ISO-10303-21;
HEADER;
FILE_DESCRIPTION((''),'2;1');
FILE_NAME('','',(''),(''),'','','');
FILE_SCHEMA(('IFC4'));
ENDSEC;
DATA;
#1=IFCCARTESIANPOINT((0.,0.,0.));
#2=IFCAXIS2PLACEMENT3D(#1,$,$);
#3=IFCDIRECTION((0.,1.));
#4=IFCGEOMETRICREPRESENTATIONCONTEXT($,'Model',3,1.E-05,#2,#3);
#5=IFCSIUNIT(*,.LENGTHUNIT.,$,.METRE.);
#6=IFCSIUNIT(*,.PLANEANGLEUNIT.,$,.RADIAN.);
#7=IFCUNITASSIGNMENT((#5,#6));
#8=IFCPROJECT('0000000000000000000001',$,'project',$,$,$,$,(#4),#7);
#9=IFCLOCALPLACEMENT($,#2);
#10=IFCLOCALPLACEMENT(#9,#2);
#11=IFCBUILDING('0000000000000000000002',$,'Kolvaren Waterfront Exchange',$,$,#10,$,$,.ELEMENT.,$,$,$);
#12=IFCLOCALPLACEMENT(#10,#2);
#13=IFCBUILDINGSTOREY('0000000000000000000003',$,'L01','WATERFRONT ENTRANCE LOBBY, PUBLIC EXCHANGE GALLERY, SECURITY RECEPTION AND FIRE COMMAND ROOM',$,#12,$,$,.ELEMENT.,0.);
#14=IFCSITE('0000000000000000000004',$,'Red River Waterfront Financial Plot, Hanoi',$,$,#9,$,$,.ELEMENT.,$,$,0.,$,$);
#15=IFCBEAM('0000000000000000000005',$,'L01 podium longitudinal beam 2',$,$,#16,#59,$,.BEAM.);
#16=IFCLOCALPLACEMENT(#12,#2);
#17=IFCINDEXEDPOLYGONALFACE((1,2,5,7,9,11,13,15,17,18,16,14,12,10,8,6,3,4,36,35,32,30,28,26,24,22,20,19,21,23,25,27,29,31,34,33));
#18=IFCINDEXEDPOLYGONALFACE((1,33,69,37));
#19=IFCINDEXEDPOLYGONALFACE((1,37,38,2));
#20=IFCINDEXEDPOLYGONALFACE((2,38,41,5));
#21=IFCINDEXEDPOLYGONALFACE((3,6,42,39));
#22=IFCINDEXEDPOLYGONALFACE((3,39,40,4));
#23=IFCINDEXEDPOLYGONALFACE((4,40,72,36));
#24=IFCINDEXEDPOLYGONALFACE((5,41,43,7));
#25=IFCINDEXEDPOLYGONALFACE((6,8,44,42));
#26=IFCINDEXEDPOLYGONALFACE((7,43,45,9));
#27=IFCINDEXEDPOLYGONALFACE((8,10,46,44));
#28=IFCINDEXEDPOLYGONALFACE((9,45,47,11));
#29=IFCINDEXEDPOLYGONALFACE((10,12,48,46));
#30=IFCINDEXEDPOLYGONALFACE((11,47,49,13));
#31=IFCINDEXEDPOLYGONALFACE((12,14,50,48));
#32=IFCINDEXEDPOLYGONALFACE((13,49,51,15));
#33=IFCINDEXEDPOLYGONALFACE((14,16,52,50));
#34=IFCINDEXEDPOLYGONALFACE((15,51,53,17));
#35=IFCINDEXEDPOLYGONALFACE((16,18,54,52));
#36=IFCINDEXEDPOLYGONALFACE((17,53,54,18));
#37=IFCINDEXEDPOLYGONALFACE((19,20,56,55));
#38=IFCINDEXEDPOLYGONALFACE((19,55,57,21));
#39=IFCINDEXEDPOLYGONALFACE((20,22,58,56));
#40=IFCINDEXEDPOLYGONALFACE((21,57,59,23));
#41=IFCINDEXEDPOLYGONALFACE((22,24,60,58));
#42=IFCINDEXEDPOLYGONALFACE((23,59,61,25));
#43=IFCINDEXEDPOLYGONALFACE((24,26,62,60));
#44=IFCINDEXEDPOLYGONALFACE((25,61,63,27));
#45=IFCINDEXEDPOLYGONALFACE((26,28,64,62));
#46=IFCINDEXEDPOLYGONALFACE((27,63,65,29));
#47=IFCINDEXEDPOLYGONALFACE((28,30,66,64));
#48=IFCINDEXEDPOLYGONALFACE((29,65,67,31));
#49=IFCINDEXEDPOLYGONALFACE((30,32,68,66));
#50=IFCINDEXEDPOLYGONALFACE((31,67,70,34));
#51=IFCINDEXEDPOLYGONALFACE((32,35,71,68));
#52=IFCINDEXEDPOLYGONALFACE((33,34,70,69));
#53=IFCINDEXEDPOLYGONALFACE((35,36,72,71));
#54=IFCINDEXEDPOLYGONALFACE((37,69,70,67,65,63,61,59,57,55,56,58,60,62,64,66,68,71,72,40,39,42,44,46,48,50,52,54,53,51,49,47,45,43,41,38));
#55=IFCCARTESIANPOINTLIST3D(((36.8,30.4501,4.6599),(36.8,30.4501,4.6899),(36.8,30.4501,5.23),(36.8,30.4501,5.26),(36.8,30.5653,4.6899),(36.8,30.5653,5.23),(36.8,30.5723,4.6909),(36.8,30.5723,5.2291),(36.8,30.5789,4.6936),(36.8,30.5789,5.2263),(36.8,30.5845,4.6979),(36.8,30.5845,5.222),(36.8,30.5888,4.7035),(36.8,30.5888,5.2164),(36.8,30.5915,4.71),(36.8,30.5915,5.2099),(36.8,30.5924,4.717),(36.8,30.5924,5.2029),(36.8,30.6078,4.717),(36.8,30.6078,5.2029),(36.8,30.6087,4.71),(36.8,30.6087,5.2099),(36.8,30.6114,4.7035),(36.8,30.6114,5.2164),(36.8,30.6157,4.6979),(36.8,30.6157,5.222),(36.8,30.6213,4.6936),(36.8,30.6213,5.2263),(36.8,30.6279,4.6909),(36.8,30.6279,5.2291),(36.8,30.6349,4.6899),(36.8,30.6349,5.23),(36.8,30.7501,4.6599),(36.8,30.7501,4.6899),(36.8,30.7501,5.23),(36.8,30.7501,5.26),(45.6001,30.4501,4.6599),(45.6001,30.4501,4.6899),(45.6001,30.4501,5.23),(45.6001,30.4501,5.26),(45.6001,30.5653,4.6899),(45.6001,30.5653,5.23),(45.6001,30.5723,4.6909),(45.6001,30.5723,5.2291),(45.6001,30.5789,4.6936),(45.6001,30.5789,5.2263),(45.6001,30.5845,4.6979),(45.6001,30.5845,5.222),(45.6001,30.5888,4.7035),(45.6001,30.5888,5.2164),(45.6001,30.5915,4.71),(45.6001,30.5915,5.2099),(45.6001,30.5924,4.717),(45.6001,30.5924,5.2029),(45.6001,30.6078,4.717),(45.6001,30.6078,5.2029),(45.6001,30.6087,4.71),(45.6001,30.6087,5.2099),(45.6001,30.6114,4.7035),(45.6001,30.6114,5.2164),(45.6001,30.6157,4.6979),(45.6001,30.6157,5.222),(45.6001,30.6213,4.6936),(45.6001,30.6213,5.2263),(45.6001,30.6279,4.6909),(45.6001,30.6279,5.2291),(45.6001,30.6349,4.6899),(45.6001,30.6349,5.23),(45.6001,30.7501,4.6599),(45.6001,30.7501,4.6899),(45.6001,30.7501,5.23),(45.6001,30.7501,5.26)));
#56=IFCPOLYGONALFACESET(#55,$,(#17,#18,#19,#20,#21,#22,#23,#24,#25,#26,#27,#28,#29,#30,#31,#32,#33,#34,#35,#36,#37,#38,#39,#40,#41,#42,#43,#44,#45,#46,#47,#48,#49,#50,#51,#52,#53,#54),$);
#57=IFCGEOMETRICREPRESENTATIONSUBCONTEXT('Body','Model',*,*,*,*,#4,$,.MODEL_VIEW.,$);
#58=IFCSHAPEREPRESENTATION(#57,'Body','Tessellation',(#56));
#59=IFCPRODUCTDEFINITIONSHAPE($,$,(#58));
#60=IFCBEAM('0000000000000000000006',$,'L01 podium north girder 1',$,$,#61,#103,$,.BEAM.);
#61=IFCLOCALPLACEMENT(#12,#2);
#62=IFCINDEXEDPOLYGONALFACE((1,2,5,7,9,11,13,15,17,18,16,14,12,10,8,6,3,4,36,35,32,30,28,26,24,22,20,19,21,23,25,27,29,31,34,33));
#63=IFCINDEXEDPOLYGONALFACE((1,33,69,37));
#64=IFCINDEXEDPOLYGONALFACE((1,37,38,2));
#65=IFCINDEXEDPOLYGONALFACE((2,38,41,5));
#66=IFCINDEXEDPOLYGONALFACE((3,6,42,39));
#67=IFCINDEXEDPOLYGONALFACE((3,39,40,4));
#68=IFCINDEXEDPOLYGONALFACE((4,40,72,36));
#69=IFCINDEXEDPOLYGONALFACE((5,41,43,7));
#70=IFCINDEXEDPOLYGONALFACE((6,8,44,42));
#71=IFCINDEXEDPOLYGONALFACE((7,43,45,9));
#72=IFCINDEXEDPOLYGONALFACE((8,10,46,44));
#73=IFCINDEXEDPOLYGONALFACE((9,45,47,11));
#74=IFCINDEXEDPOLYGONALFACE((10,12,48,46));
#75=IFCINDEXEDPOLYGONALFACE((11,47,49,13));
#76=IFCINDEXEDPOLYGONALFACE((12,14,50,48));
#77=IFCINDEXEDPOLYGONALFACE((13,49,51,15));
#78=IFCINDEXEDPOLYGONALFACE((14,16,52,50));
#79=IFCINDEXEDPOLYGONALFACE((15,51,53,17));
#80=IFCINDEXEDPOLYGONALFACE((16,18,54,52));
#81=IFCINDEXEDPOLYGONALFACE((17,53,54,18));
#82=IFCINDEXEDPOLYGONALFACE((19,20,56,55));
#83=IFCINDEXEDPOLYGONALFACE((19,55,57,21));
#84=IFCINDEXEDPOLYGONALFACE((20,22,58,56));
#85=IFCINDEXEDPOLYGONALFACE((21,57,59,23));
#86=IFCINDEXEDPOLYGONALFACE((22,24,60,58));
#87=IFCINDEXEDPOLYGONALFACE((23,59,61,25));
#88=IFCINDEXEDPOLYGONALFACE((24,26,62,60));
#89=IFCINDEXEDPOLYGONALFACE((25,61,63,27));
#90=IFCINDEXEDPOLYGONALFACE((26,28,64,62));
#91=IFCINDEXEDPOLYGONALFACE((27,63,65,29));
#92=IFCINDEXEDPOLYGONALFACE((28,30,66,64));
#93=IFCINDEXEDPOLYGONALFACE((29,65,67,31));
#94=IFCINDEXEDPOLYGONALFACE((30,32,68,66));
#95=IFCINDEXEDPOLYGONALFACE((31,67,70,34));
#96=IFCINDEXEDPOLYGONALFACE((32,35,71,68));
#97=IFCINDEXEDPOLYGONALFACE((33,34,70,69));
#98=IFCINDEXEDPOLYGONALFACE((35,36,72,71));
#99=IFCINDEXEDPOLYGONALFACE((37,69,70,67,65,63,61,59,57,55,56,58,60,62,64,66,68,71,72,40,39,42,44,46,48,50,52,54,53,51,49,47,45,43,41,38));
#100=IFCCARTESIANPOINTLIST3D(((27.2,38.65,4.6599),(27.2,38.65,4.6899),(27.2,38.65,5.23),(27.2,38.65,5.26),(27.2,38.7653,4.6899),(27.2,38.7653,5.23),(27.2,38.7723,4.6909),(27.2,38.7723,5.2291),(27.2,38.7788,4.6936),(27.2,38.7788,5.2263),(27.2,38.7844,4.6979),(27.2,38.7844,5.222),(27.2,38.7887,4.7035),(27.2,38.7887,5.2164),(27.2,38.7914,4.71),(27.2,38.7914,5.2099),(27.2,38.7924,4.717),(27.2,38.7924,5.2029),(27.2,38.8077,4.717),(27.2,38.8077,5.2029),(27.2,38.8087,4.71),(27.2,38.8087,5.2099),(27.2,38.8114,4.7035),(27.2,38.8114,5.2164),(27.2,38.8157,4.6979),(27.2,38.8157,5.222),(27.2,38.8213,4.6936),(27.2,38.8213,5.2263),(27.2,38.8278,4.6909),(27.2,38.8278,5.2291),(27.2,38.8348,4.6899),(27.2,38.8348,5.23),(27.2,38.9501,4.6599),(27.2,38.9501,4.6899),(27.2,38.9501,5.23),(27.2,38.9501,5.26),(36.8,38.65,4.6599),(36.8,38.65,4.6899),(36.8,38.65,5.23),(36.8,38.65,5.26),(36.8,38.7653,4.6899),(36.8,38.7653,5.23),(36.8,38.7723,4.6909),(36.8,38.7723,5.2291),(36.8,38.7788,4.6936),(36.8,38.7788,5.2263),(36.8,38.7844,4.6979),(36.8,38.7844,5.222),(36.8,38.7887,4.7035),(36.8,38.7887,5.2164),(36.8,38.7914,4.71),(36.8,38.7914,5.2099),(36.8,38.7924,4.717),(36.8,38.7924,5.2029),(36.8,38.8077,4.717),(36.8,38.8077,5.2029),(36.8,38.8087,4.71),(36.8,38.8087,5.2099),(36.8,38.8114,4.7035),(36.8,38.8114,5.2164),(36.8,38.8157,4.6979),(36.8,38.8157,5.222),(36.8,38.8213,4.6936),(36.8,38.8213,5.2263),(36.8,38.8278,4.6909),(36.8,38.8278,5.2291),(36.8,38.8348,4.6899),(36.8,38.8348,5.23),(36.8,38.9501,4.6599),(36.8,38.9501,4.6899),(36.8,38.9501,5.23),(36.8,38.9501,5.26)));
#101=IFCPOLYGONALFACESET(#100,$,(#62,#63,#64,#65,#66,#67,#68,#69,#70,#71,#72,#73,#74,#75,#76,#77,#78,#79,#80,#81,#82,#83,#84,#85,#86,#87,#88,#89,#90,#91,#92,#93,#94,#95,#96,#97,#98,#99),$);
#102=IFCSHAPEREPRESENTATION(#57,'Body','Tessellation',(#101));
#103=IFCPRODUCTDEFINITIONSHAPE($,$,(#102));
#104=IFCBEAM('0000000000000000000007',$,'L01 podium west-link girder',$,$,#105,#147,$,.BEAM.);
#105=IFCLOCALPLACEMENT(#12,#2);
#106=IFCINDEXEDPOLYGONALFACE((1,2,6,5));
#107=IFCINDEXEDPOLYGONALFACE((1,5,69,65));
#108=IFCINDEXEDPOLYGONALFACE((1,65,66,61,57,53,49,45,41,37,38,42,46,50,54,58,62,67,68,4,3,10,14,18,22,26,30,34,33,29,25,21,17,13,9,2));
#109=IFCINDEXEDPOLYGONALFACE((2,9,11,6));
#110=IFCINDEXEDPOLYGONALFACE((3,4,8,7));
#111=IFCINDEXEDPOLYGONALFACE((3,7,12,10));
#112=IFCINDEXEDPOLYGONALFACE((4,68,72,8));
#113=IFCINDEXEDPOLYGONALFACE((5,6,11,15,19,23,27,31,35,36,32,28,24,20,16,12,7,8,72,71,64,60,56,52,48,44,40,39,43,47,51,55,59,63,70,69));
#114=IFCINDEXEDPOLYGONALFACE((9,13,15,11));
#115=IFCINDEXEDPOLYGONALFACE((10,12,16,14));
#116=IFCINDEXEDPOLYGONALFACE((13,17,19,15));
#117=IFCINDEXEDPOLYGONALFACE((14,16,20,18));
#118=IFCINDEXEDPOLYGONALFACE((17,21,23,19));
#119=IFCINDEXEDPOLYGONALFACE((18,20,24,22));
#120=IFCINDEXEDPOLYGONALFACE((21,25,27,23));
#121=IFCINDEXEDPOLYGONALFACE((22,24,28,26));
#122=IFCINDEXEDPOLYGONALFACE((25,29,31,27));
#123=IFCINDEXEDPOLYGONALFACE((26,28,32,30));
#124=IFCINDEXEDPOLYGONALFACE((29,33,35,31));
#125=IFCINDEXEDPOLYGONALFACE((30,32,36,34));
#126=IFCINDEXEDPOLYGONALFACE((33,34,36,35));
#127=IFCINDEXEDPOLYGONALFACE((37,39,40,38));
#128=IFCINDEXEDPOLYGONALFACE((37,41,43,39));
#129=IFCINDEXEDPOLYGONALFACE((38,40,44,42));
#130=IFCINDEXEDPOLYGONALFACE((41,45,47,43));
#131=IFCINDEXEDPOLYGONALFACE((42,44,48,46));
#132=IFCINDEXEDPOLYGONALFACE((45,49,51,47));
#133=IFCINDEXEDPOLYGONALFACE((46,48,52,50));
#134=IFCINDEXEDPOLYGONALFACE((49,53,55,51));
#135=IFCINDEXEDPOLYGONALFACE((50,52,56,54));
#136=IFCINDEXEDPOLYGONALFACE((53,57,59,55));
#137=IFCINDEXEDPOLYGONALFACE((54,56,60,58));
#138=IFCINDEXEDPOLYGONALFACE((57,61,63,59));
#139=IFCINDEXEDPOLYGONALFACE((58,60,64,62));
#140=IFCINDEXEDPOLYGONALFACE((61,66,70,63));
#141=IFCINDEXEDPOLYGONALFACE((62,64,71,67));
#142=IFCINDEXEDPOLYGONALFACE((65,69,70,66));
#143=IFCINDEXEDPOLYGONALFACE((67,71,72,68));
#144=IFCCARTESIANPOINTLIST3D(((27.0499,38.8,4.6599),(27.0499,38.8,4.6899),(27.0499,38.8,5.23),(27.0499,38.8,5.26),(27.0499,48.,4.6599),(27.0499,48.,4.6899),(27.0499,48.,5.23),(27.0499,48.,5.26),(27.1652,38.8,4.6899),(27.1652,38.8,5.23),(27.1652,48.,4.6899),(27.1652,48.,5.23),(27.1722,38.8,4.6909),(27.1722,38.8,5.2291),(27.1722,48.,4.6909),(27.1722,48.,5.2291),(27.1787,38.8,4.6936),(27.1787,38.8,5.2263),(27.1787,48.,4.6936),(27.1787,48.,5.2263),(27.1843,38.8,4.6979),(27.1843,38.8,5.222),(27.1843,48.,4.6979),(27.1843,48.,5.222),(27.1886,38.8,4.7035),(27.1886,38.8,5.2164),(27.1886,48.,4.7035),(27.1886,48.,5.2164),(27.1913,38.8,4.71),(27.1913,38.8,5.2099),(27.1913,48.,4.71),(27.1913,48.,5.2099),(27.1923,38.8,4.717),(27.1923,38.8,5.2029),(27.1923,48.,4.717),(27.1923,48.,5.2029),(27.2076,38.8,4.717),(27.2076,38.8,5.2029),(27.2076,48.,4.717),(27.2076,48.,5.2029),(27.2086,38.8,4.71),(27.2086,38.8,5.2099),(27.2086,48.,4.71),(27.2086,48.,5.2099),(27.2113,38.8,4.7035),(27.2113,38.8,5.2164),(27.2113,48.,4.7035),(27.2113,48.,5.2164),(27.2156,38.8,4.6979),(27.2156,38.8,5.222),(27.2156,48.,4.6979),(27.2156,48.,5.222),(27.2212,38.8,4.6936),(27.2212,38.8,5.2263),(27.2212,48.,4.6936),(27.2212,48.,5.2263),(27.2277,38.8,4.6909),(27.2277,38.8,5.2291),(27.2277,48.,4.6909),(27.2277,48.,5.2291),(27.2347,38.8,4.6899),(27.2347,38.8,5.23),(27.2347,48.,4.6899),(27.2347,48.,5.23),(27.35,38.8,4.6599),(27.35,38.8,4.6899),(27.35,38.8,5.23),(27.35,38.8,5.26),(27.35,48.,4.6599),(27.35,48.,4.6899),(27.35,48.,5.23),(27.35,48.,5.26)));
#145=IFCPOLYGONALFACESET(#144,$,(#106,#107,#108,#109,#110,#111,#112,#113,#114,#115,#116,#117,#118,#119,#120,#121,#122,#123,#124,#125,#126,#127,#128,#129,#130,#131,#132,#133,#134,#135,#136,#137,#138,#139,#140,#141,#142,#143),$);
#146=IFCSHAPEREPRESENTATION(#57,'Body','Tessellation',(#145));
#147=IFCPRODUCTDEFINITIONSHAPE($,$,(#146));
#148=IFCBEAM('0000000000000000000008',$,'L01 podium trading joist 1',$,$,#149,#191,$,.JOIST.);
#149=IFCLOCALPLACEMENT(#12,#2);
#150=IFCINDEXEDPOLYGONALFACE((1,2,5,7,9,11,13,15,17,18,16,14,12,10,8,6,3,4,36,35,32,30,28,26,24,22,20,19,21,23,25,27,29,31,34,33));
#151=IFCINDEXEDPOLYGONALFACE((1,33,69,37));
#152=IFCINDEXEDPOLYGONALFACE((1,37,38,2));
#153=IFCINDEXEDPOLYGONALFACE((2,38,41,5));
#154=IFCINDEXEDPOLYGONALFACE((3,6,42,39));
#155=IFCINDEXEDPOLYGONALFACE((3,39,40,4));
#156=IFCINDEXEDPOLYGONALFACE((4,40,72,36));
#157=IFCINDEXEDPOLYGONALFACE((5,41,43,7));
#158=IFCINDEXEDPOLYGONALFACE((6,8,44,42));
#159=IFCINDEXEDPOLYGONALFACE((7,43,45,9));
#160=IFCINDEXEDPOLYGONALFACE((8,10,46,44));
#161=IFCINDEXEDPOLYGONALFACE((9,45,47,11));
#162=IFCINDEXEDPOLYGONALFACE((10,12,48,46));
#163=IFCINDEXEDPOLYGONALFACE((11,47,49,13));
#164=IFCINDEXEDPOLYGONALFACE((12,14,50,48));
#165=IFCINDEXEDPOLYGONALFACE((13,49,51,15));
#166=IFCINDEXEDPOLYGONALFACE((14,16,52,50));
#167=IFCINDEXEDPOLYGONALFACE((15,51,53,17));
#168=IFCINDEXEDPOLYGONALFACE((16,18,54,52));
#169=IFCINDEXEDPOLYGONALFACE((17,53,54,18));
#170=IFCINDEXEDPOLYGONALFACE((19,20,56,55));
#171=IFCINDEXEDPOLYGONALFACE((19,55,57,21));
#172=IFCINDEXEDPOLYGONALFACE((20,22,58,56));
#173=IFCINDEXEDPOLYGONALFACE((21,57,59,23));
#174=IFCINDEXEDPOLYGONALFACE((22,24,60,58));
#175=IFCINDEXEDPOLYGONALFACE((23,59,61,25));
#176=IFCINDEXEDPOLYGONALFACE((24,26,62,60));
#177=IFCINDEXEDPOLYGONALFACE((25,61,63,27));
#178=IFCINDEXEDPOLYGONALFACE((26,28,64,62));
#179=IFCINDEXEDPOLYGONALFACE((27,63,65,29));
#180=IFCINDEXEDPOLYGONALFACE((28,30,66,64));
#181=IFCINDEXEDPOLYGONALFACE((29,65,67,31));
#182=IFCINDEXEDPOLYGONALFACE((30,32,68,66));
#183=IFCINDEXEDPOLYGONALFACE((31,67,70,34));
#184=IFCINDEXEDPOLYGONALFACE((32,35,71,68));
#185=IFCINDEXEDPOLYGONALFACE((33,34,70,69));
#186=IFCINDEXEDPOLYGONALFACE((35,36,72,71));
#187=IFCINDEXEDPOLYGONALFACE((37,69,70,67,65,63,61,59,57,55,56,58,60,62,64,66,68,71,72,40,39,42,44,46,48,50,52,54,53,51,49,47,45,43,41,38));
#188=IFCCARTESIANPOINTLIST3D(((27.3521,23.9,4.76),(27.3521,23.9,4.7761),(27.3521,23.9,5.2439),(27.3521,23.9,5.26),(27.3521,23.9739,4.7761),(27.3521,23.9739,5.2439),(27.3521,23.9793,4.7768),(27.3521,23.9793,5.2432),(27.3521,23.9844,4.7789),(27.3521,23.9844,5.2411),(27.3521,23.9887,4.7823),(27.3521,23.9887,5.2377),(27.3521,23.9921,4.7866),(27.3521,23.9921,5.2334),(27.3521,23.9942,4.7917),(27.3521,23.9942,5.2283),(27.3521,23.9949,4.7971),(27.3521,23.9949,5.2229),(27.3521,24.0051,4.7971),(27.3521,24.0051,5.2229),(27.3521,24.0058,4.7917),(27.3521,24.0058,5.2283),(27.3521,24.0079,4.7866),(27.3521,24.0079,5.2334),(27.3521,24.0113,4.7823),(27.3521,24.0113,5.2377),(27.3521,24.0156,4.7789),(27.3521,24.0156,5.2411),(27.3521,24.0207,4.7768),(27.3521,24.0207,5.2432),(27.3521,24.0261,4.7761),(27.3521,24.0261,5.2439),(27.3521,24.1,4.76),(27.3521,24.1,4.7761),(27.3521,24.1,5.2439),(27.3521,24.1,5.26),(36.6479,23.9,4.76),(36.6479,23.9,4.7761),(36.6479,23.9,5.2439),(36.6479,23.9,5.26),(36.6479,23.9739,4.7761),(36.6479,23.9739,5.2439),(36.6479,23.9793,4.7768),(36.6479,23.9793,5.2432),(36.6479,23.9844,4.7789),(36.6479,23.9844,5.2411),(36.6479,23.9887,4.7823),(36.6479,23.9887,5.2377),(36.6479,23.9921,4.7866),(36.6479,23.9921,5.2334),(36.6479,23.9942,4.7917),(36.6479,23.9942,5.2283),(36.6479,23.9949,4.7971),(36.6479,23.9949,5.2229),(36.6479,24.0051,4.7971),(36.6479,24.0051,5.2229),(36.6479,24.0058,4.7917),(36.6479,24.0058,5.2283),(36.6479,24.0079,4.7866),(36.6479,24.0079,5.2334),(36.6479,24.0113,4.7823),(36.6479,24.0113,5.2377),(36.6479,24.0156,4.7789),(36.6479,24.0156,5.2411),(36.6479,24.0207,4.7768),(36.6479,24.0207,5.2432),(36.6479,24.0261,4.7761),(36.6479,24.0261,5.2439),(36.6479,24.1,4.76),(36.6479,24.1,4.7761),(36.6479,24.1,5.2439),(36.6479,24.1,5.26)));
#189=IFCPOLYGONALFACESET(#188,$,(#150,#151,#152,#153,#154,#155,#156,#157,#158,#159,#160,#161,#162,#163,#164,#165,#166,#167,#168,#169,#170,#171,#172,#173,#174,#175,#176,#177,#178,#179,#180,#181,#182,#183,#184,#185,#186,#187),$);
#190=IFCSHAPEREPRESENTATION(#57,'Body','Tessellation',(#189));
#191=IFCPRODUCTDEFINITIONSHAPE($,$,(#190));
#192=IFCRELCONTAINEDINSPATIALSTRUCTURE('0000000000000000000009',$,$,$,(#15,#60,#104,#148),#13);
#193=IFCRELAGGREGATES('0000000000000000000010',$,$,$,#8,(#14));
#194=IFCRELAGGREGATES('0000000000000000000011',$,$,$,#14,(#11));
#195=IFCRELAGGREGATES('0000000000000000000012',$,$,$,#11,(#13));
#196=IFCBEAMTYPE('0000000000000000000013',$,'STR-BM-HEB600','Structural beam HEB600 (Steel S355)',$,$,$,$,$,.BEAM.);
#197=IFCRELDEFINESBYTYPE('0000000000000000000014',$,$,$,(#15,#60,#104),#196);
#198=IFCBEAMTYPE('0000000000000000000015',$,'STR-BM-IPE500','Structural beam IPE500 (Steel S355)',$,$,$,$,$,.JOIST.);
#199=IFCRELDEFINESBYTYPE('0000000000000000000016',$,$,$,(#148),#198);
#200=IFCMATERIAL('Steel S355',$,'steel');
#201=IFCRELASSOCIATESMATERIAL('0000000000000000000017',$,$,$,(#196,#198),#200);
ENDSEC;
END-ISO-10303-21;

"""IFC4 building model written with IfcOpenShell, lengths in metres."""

from ifc_helpers import new_model, si_unit, direction, frame, origin, origin_2d, place, context, subcontext, project, spatial, i_section, extrude, material, material_profile, profile_set, type_object, element, save


model = new_model("IFC4")

# Units and contexts
model_context = context("Model", 3, precision=1e-05, world=origin(), true_north=direction((0.0, 1.0)))
body_context = subcontext(model_context, "Body", "Model", "MODEL_VIEW")
ifc_project = project(units=[si_unit("LENGTHUNIT", "METRE"), si_unit("PLANEANGLEUNIT", "RADIAN")], contexts=[model_context])

# Site, building, storey
site_placement = place(None, origin())
site = spatial("IfcSite", under=ifc_project, at=site_placement, Name="Red River Waterfront Financial Plot, Hanoi", CompositionType="ELEMENT", RefElevation=0.0)
building_placement = place(site_placement, origin())
building = spatial("IfcBuilding", under=site, at=building_placement, Name="Kolvaren Waterfront Exchange", CompositionType="ELEMENT")
storey_placement = place(building_placement, origin())
storey = spatial("IfcBuildingStorey", under=building, at=storey_placement, Name="L01", Description="WATERFRONT ENTRANCE LOBBY, PUBLIC EXCHANGE GALLERY, SECURITY RECEPTION AND FIRE COMMAND ROOM", CompositionType="ELEMENT", Elevation=0.0)

# Beams
ifc_material_1 = material(Name="Steel S355", Category="steel")
ifc_material_profile_1 = material_profile(ifc_material_1, i_section(OverallWidth=0.3, OverallDepth=0.6001, WebThickness=0.0154, FlangeThickness=0.03, FilletRadius=0.0271, at=origin_2d()), Name="HEB600")
ifc_profile_set_1 = profile_set([ifc_material_profile_1], Name="Steel S355")
beam_type_1 = type_object("IfcBeamType", Name="STR-BM-HEB600", Description="Structural beam HEB600 (Steel S355)", PredefinedType="BEAM", material=ifc_profile_set_1)
beam_1_placement = place(storey_placement, frame((36.8, 30.6001, 4.96), z_axis=(1.0, 0.0, 0.0), x_axis=(0.0, 1.0, 0.0)))
element("IfcBeam", 1, at=beam_1_placement, inside=storey, type_object=beam_type_1, Name="L01 podium longitudinal beam 2", PredefinedType="BEAM", context=body_context, shape_type="SweptSolid", body=[
    extrude(i_section(OverallWidth=0.3, OverallDepth=0.6001, WebThickness=0.0154, FlangeThickness=0.03, FilletRadius=0.0271, at=origin_2d()), origin(), (0.0, 0.0, 1.0), 8.8),
])
beam_2_placement = place(storey_placement, frame((27.2, 38.8, 4.96), z_axis=(1.0, 0.0, 0.0), x_axis=(0.0, 1.0, 0.0)))
element("IfcBeam", 2, at=beam_2_placement, inside=storey, type_object=beam_type_1, Name="L01 podium north girder 1", PredefinedType="BEAM", context=body_context, shape_type="SweptSolid", body=[
    extrude(i_section(OverallWidth=0.3, OverallDepth=0.6001, WebThickness=0.0154, FlangeThickness=0.03, FilletRadius=0.0271, at=origin_2d()), origin(), (0.0, 0.0, 1.0), 9.6001),
])
beam_3_placement = place(storey_placement, frame((27.2, 38.8, 4.96), z_axis=(0.0, 1.0, 0.0), x_axis=(-1.0, 0.0, 0.0)))
element("IfcBeam", 3, at=beam_3_placement, inside=storey, type_object=beam_type_1, Name="L01 podium west-link girder", PredefinedType="BEAM", context=body_context, shape_type="SweptSolid", body=[
    extrude(i_section(OverallWidth=0.3, OverallDepth=0.6001, WebThickness=0.0154, FlangeThickness=0.03, FilletRadius=0.0271, at=origin_2d()), origin(), (0.0, 0.0, 1.0), 9.2),
])
ifc_material_profile_2 = material_profile(ifc_material_1, i_section(OverallWidth=0.2, OverallDepth=0.5, WebThickness=0.0103, FlangeThickness=0.0161, FilletRadius=0.021, at=origin_2d()), Name="IPE500")
ifc_profile_set_2 = profile_set([ifc_material_profile_2], Name="Steel S355")
beam_type_2 = type_object("IfcBeamType", Name="STR-BM-IPE500", Description="Structural beam IPE500 (Steel S355)", PredefinedType="JOIST", material=ifc_profile_set_2)
beam_4_placement = place(storey_placement, frame((27.3521, 24.0, 5.01), z_axis=(1.0, 0.0, 0.0), x_axis=(0.0, 1.0, 0.0)))
element("IfcBeam", 4, at=beam_4_placement, inside=storey, type_object=beam_type_2, Name="L01 podium trading joist 1", PredefinedType="JOIST", context=body_context, shape_type="SweptSolid", body=[
    extrude(i_section(OverallWidth=0.2, OverallDepth=0.5, WebThickness=0.0103, FlangeThickness=0.0161, FilletRadius=0.021, at=origin_2d()), origin(), (0.0, 0.0, 1.0), 9.2959),
])

save(model, "model.ifc")
